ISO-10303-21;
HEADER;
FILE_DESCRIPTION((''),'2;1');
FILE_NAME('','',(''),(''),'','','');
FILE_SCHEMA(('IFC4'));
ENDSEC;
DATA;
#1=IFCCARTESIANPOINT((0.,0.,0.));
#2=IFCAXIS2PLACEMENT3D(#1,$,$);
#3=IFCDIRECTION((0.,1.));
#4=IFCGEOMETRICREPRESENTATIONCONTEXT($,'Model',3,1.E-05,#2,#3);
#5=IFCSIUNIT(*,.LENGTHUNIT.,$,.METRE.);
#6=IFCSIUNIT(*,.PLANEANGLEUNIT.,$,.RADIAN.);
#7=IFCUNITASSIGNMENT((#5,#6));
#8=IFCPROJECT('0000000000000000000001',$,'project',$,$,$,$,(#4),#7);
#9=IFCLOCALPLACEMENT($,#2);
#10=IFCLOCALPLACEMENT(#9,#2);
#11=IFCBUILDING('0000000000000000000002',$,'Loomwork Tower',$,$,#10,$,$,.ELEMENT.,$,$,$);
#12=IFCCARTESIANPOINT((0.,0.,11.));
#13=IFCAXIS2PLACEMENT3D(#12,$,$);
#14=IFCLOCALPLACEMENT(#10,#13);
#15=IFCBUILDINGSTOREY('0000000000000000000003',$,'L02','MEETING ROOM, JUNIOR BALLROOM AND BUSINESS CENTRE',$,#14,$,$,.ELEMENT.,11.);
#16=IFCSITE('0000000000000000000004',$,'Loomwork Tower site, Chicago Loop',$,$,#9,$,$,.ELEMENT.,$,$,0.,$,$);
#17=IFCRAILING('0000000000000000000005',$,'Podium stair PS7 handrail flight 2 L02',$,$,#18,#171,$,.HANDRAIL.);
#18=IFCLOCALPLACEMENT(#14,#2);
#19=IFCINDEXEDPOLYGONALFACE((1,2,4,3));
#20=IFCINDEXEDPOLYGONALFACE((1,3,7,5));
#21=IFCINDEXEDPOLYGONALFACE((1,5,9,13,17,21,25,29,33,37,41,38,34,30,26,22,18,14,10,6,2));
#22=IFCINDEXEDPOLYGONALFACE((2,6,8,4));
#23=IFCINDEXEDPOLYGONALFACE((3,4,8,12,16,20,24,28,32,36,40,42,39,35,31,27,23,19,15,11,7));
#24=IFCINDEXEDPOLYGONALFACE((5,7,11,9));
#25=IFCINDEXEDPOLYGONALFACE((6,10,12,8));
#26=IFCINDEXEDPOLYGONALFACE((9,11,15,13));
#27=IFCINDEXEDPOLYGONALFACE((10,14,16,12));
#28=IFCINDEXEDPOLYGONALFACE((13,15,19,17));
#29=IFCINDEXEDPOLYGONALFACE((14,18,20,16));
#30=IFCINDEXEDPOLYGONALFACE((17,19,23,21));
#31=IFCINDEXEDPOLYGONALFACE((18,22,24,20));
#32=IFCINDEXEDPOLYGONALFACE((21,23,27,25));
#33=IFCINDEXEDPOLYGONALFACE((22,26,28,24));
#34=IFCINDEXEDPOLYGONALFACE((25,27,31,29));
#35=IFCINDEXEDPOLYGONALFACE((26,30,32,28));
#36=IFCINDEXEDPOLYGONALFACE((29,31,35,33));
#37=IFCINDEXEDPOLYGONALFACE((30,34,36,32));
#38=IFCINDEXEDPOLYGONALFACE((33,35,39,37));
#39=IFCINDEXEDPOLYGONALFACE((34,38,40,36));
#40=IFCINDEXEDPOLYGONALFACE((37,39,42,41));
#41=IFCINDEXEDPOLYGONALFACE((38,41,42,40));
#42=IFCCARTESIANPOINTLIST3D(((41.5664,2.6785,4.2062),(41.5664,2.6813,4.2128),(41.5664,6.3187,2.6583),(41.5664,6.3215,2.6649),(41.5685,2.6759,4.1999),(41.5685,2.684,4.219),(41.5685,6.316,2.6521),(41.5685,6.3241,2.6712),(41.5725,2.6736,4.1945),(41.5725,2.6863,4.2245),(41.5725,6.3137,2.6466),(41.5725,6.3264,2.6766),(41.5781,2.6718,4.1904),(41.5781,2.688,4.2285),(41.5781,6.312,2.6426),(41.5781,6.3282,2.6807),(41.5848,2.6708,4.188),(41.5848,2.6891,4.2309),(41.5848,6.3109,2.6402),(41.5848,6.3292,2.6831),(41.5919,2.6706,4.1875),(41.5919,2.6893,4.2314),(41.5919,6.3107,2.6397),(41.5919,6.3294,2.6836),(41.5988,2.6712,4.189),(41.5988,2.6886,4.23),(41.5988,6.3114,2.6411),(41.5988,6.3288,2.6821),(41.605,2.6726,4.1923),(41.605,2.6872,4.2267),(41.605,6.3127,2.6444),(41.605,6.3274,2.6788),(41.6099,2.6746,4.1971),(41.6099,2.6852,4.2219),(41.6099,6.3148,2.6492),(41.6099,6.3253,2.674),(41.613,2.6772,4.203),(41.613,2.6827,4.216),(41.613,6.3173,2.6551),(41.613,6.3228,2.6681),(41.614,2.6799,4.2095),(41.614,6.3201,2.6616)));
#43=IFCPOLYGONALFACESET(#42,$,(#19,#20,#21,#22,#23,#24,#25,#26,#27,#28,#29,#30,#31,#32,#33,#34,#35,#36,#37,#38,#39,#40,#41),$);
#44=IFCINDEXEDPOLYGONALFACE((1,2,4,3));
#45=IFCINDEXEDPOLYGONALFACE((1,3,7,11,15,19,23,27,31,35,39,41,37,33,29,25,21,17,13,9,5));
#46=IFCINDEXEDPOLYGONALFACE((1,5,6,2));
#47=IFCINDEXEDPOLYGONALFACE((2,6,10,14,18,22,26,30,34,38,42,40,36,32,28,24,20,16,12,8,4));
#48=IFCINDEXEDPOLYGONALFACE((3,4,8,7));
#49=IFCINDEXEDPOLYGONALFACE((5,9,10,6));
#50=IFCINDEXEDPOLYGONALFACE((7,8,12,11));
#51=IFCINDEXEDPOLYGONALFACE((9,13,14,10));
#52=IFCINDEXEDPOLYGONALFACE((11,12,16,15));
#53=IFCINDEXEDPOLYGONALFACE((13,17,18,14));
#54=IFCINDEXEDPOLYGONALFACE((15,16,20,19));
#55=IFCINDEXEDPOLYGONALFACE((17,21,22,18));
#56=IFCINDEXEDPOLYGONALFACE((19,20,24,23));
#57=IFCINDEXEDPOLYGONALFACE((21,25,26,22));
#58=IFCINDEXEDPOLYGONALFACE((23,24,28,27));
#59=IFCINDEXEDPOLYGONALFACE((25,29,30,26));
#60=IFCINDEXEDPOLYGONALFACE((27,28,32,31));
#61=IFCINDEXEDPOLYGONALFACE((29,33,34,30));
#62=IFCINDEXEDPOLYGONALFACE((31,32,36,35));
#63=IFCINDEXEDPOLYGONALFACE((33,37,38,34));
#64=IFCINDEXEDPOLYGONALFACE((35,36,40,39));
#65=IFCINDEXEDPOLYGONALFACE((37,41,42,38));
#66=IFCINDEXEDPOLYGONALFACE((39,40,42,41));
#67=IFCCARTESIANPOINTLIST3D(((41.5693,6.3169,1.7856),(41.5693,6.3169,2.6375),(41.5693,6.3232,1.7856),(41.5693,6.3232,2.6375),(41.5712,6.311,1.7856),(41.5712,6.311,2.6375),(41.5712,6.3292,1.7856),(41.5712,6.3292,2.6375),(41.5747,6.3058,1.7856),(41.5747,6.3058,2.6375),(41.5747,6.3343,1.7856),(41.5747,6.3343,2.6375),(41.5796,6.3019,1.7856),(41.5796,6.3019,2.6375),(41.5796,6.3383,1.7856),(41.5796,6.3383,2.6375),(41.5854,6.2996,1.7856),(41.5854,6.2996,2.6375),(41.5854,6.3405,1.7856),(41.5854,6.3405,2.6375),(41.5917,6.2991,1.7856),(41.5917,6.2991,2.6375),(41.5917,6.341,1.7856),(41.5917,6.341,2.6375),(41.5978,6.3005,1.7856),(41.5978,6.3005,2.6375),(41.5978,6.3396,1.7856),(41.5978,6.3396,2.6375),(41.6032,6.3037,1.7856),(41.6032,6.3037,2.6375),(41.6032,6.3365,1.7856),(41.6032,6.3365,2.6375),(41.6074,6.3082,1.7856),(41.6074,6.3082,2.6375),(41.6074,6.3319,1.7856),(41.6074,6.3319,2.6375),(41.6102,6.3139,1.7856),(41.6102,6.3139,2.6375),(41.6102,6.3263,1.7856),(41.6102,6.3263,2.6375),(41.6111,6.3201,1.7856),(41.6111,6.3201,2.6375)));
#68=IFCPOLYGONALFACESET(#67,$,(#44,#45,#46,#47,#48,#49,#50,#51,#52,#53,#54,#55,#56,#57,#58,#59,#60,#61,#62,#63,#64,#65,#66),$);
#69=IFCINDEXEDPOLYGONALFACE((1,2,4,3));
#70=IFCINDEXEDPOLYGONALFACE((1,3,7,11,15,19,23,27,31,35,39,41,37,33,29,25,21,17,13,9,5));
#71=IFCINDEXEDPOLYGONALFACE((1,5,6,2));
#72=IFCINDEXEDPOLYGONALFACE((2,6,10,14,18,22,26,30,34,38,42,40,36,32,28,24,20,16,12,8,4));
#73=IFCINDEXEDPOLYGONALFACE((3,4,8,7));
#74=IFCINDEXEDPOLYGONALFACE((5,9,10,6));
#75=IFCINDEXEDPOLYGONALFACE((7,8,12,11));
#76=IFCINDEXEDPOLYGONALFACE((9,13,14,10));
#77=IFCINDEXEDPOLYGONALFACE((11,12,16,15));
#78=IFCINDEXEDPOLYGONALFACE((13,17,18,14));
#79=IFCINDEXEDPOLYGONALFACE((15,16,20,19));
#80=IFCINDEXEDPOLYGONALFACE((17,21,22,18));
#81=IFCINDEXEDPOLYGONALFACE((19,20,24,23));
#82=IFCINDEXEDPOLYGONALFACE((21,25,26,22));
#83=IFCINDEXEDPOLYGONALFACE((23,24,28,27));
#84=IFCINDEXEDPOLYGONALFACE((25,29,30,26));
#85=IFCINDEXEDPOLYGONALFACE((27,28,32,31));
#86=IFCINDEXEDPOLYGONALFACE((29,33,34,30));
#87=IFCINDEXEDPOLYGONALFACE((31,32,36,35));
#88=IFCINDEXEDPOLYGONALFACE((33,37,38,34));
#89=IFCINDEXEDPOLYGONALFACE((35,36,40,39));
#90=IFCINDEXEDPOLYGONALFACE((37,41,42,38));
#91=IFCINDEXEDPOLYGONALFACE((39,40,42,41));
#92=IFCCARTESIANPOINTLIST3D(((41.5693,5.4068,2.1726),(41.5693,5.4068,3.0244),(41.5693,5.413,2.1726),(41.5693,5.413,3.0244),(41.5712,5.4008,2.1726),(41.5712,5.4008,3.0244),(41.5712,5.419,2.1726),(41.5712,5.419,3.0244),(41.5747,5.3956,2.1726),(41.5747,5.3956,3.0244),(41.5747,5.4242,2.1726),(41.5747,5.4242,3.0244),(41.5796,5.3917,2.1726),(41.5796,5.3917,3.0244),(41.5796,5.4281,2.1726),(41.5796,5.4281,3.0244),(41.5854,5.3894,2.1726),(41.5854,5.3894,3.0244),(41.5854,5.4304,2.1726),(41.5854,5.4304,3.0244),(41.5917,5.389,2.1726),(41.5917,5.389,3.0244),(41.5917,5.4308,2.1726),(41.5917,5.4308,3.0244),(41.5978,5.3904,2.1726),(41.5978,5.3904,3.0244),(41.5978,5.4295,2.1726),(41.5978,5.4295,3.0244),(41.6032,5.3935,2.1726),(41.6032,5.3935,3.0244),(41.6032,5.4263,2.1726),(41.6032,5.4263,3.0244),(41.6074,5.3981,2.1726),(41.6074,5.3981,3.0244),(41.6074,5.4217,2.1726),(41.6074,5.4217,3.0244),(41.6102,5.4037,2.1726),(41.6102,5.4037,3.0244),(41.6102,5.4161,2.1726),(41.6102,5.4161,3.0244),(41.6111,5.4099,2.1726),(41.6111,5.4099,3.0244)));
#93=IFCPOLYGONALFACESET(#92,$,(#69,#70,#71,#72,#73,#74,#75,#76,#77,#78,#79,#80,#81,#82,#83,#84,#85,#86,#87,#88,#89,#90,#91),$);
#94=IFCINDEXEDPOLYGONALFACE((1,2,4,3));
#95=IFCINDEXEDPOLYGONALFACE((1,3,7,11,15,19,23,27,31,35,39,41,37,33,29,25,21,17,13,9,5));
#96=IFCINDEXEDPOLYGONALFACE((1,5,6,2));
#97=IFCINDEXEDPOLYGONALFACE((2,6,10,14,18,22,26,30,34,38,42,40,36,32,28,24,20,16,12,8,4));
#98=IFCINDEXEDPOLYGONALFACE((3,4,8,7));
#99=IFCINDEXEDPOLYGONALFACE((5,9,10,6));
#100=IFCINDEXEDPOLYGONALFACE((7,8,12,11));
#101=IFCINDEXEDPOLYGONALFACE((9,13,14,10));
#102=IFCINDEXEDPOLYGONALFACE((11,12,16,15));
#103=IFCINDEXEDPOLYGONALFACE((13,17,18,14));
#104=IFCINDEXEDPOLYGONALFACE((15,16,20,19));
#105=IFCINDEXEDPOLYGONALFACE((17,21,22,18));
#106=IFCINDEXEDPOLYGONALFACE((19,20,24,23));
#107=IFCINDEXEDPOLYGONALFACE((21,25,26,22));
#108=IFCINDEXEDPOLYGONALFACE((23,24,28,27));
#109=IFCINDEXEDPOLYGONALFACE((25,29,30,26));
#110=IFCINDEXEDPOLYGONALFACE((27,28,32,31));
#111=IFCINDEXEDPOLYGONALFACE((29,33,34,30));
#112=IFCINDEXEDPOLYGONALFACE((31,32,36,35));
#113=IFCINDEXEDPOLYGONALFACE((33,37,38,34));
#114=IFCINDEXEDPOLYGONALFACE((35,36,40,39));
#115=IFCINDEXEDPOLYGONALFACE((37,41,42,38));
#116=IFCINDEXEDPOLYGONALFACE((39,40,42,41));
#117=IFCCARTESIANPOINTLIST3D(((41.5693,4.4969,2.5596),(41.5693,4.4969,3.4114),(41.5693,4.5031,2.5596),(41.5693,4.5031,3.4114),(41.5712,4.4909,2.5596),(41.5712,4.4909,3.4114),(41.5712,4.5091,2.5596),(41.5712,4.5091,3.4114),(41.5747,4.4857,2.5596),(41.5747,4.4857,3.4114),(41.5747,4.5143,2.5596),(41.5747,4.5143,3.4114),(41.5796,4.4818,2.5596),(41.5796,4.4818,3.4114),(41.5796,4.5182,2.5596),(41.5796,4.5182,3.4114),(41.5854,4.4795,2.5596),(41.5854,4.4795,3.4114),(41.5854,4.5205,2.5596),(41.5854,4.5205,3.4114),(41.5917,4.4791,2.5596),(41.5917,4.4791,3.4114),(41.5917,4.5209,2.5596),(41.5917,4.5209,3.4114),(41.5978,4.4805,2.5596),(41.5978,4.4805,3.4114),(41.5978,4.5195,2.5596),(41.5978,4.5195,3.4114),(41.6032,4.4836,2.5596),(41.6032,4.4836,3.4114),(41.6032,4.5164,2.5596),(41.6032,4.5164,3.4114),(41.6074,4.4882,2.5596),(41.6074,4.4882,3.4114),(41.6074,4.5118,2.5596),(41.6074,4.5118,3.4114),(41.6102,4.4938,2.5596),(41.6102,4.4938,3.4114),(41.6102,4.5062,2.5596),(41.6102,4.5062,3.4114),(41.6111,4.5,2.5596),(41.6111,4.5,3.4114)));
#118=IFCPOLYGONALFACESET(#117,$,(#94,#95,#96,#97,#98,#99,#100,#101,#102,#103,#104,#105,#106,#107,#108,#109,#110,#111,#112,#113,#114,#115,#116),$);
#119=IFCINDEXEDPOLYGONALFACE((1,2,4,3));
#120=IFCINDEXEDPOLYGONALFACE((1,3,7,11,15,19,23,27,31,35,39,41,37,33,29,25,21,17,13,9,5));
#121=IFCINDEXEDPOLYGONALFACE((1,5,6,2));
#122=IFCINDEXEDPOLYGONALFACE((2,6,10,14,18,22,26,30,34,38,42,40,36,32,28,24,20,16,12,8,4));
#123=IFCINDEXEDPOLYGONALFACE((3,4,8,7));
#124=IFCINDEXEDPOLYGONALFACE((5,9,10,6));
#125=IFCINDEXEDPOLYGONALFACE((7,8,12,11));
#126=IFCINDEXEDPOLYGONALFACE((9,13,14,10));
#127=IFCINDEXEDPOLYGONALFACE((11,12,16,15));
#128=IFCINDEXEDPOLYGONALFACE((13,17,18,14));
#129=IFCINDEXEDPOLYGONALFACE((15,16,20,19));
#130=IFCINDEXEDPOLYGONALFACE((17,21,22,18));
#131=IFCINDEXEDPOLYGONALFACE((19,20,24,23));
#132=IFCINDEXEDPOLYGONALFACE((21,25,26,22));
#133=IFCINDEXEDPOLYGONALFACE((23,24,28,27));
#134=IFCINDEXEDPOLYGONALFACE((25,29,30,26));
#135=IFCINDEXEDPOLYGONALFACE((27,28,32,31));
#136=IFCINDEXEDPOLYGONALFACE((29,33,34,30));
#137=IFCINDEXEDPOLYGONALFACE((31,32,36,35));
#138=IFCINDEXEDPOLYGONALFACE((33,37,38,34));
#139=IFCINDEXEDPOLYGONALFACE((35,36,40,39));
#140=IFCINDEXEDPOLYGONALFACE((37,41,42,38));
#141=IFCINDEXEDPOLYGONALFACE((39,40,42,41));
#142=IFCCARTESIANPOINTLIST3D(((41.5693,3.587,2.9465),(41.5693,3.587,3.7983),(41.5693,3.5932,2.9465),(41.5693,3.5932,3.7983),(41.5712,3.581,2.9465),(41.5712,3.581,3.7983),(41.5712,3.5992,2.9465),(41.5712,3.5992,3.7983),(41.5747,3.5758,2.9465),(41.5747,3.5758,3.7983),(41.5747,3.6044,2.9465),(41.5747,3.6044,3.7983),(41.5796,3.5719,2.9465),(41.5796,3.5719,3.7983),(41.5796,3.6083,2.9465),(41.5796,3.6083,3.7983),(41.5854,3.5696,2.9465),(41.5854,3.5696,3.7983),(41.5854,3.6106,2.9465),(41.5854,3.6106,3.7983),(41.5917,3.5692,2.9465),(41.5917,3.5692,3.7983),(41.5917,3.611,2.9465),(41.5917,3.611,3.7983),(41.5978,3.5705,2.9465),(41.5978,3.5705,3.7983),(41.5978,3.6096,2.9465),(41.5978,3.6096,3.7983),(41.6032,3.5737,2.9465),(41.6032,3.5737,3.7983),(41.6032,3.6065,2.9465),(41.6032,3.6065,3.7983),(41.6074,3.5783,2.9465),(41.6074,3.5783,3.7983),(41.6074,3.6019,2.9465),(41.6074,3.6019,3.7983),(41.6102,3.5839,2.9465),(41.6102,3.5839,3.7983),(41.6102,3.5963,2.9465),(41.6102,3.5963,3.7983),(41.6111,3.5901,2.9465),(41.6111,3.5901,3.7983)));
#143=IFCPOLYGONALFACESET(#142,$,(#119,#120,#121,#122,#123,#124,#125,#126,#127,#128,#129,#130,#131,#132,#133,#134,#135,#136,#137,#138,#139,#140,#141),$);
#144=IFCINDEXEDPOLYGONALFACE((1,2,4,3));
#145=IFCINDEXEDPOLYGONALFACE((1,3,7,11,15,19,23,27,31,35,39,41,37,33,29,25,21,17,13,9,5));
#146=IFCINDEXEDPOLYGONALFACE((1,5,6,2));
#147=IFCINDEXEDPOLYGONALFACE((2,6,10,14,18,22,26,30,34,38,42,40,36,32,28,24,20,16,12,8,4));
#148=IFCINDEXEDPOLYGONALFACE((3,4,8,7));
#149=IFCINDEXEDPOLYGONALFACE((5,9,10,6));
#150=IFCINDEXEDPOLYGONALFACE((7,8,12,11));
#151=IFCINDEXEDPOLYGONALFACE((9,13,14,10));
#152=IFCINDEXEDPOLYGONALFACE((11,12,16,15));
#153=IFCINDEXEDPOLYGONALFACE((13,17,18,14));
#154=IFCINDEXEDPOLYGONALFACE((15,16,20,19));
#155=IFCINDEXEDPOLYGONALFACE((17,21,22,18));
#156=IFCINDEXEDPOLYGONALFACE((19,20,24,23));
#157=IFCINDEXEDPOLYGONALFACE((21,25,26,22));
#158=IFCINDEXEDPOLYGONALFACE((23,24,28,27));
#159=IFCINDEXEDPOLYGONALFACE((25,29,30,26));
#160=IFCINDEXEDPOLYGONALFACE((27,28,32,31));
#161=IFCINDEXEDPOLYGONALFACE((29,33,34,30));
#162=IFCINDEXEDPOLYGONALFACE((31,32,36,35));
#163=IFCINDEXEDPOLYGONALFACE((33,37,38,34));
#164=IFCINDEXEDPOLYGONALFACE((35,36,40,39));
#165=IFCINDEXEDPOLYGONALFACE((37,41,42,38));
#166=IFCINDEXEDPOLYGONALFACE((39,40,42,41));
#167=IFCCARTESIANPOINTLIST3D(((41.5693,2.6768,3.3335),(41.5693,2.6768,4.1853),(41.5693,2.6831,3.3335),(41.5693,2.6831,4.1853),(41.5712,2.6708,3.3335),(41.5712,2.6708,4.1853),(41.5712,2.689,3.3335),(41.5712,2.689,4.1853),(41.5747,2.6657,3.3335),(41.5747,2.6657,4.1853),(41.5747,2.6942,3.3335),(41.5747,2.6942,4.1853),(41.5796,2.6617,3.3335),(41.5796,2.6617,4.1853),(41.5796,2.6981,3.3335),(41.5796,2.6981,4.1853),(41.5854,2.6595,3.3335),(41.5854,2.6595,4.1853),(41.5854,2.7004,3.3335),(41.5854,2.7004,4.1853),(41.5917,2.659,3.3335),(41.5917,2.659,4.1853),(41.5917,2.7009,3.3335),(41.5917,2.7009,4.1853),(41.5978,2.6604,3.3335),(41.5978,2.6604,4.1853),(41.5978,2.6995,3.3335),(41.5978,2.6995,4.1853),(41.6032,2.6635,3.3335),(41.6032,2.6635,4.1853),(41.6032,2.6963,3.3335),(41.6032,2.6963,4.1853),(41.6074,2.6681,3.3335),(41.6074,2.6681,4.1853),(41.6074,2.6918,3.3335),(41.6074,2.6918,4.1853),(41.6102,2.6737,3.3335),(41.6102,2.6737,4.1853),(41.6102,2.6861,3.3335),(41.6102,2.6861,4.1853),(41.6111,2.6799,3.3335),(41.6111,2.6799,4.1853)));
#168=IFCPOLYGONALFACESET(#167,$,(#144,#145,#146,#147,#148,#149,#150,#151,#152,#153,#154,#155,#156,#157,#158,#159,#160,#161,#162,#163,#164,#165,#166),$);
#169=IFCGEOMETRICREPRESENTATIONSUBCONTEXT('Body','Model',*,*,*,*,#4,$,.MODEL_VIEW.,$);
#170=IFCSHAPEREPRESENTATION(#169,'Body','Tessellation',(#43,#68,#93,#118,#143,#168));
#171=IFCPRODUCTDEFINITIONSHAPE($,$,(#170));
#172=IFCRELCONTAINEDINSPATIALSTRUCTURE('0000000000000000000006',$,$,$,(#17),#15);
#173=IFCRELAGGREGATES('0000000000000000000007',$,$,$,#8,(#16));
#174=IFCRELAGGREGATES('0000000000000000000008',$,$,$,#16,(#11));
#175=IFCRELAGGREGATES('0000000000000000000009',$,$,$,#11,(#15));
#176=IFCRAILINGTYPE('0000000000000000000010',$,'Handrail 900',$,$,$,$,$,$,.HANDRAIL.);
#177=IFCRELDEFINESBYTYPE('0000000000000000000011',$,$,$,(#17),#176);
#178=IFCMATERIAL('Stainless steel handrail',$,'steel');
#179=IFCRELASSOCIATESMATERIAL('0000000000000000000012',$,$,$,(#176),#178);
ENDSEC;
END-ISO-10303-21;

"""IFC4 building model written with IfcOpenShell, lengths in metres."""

from ifc_helpers import new_model, si_unit, direction, frame, origin, origin_2d, place, context, subcontext, project, spatial, circle, extrude, material, type_object, element, save


model = new_model("IFC4")

# Units and contexts
model_context = context("Model", 3, precision=1e-05, world=origin(), true_north=direction((0.0, 1.0)))
body_context = subcontext(model_context, "Body", "Model", "MODEL_VIEW")
ifc_project = project(units=[si_unit("LENGTHUNIT", "METRE"), si_unit("PLANEANGLEUNIT", "RADIAN")], contexts=[model_context])

# Site, building, storey
site_placement = place(None, origin())
site = spatial("IfcSite", under=ifc_project, at=site_placement, Name="Loomwork Tower site, Chicago Loop", CompositionType="ELEMENT", RefElevation=0.0)
building_placement = place(site_placement, origin())
building = spatial("IfcBuilding", under=site, at=building_placement, Name="Loomwork Tower", CompositionType="ELEMENT")
storey_placement = place(building_placement, frame((0.0, 0.0, 11.0)))
storey = spatial("IfcBuildingStorey", under=building, at=storey_placement, Name="L02", Description="MEETING ROOM, JUNIOR BALLROOM AND BUSINESS CENTRE", CompositionType="ELEMENT", Elevation=11.0)

# Railing
ifc_material_1 = material(Name="Stainless steel handrail", Category="steel")
railing_type = type_object("IfcRailingType", Name="Handrail 900", PredefinedType="HANDRAIL", material=ifc_material_1)
railing_1_placement = place(storey_placement, frame((41.5901, 6.3201, 1.7856)))
element("IfcRailing", 1, at=railing_1_placement, inside=storey, type_object=railing_type, Name="Podium stair PS7 handrail flight 2 L02", PredefinedType="HANDRAIL", context=body_context, shape_type="SweptSolid", body=[
    extrude(circle(Radius=0.0239, at=origin_2d()), frame((0.0, 0.0, 0.876), z_axis=(0.0, -0.920259, 0.391311), x_axis=(1.0, 0.0, 0.0)), (0.0, 0.0, 1.0), 3.9556),
    extrude(circle(Radius=0.021, at=origin_2d()), origin(), (0.0, 0.0, 1.0), 0.8518),
    extrude(circle(Radius=0.021, at=origin_2d()), frame((0.0, -0.9102, 0.387)), (0.0, 0.0, 1.0), 0.8518),
    extrude(circle(Radius=0.021, at=origin_2d()), frame((0.0, -1.8201, 0.7739)), (0.0, 0.0, 1.0), 0.8518),
    extrude(circle(Radius=0.021, at=origin_2d()), frame((0.0, -2.73, 1.1609)), (0.0, 0.0, 1.0), 0.8518),
    extrude(circle(Radius=0.021, at=origin_2d()), frame((0.0, -3.6401, 1.5479)), (0.0, 0.0, 1.0), 0.8518),
])

save(model, "model.ifc")
